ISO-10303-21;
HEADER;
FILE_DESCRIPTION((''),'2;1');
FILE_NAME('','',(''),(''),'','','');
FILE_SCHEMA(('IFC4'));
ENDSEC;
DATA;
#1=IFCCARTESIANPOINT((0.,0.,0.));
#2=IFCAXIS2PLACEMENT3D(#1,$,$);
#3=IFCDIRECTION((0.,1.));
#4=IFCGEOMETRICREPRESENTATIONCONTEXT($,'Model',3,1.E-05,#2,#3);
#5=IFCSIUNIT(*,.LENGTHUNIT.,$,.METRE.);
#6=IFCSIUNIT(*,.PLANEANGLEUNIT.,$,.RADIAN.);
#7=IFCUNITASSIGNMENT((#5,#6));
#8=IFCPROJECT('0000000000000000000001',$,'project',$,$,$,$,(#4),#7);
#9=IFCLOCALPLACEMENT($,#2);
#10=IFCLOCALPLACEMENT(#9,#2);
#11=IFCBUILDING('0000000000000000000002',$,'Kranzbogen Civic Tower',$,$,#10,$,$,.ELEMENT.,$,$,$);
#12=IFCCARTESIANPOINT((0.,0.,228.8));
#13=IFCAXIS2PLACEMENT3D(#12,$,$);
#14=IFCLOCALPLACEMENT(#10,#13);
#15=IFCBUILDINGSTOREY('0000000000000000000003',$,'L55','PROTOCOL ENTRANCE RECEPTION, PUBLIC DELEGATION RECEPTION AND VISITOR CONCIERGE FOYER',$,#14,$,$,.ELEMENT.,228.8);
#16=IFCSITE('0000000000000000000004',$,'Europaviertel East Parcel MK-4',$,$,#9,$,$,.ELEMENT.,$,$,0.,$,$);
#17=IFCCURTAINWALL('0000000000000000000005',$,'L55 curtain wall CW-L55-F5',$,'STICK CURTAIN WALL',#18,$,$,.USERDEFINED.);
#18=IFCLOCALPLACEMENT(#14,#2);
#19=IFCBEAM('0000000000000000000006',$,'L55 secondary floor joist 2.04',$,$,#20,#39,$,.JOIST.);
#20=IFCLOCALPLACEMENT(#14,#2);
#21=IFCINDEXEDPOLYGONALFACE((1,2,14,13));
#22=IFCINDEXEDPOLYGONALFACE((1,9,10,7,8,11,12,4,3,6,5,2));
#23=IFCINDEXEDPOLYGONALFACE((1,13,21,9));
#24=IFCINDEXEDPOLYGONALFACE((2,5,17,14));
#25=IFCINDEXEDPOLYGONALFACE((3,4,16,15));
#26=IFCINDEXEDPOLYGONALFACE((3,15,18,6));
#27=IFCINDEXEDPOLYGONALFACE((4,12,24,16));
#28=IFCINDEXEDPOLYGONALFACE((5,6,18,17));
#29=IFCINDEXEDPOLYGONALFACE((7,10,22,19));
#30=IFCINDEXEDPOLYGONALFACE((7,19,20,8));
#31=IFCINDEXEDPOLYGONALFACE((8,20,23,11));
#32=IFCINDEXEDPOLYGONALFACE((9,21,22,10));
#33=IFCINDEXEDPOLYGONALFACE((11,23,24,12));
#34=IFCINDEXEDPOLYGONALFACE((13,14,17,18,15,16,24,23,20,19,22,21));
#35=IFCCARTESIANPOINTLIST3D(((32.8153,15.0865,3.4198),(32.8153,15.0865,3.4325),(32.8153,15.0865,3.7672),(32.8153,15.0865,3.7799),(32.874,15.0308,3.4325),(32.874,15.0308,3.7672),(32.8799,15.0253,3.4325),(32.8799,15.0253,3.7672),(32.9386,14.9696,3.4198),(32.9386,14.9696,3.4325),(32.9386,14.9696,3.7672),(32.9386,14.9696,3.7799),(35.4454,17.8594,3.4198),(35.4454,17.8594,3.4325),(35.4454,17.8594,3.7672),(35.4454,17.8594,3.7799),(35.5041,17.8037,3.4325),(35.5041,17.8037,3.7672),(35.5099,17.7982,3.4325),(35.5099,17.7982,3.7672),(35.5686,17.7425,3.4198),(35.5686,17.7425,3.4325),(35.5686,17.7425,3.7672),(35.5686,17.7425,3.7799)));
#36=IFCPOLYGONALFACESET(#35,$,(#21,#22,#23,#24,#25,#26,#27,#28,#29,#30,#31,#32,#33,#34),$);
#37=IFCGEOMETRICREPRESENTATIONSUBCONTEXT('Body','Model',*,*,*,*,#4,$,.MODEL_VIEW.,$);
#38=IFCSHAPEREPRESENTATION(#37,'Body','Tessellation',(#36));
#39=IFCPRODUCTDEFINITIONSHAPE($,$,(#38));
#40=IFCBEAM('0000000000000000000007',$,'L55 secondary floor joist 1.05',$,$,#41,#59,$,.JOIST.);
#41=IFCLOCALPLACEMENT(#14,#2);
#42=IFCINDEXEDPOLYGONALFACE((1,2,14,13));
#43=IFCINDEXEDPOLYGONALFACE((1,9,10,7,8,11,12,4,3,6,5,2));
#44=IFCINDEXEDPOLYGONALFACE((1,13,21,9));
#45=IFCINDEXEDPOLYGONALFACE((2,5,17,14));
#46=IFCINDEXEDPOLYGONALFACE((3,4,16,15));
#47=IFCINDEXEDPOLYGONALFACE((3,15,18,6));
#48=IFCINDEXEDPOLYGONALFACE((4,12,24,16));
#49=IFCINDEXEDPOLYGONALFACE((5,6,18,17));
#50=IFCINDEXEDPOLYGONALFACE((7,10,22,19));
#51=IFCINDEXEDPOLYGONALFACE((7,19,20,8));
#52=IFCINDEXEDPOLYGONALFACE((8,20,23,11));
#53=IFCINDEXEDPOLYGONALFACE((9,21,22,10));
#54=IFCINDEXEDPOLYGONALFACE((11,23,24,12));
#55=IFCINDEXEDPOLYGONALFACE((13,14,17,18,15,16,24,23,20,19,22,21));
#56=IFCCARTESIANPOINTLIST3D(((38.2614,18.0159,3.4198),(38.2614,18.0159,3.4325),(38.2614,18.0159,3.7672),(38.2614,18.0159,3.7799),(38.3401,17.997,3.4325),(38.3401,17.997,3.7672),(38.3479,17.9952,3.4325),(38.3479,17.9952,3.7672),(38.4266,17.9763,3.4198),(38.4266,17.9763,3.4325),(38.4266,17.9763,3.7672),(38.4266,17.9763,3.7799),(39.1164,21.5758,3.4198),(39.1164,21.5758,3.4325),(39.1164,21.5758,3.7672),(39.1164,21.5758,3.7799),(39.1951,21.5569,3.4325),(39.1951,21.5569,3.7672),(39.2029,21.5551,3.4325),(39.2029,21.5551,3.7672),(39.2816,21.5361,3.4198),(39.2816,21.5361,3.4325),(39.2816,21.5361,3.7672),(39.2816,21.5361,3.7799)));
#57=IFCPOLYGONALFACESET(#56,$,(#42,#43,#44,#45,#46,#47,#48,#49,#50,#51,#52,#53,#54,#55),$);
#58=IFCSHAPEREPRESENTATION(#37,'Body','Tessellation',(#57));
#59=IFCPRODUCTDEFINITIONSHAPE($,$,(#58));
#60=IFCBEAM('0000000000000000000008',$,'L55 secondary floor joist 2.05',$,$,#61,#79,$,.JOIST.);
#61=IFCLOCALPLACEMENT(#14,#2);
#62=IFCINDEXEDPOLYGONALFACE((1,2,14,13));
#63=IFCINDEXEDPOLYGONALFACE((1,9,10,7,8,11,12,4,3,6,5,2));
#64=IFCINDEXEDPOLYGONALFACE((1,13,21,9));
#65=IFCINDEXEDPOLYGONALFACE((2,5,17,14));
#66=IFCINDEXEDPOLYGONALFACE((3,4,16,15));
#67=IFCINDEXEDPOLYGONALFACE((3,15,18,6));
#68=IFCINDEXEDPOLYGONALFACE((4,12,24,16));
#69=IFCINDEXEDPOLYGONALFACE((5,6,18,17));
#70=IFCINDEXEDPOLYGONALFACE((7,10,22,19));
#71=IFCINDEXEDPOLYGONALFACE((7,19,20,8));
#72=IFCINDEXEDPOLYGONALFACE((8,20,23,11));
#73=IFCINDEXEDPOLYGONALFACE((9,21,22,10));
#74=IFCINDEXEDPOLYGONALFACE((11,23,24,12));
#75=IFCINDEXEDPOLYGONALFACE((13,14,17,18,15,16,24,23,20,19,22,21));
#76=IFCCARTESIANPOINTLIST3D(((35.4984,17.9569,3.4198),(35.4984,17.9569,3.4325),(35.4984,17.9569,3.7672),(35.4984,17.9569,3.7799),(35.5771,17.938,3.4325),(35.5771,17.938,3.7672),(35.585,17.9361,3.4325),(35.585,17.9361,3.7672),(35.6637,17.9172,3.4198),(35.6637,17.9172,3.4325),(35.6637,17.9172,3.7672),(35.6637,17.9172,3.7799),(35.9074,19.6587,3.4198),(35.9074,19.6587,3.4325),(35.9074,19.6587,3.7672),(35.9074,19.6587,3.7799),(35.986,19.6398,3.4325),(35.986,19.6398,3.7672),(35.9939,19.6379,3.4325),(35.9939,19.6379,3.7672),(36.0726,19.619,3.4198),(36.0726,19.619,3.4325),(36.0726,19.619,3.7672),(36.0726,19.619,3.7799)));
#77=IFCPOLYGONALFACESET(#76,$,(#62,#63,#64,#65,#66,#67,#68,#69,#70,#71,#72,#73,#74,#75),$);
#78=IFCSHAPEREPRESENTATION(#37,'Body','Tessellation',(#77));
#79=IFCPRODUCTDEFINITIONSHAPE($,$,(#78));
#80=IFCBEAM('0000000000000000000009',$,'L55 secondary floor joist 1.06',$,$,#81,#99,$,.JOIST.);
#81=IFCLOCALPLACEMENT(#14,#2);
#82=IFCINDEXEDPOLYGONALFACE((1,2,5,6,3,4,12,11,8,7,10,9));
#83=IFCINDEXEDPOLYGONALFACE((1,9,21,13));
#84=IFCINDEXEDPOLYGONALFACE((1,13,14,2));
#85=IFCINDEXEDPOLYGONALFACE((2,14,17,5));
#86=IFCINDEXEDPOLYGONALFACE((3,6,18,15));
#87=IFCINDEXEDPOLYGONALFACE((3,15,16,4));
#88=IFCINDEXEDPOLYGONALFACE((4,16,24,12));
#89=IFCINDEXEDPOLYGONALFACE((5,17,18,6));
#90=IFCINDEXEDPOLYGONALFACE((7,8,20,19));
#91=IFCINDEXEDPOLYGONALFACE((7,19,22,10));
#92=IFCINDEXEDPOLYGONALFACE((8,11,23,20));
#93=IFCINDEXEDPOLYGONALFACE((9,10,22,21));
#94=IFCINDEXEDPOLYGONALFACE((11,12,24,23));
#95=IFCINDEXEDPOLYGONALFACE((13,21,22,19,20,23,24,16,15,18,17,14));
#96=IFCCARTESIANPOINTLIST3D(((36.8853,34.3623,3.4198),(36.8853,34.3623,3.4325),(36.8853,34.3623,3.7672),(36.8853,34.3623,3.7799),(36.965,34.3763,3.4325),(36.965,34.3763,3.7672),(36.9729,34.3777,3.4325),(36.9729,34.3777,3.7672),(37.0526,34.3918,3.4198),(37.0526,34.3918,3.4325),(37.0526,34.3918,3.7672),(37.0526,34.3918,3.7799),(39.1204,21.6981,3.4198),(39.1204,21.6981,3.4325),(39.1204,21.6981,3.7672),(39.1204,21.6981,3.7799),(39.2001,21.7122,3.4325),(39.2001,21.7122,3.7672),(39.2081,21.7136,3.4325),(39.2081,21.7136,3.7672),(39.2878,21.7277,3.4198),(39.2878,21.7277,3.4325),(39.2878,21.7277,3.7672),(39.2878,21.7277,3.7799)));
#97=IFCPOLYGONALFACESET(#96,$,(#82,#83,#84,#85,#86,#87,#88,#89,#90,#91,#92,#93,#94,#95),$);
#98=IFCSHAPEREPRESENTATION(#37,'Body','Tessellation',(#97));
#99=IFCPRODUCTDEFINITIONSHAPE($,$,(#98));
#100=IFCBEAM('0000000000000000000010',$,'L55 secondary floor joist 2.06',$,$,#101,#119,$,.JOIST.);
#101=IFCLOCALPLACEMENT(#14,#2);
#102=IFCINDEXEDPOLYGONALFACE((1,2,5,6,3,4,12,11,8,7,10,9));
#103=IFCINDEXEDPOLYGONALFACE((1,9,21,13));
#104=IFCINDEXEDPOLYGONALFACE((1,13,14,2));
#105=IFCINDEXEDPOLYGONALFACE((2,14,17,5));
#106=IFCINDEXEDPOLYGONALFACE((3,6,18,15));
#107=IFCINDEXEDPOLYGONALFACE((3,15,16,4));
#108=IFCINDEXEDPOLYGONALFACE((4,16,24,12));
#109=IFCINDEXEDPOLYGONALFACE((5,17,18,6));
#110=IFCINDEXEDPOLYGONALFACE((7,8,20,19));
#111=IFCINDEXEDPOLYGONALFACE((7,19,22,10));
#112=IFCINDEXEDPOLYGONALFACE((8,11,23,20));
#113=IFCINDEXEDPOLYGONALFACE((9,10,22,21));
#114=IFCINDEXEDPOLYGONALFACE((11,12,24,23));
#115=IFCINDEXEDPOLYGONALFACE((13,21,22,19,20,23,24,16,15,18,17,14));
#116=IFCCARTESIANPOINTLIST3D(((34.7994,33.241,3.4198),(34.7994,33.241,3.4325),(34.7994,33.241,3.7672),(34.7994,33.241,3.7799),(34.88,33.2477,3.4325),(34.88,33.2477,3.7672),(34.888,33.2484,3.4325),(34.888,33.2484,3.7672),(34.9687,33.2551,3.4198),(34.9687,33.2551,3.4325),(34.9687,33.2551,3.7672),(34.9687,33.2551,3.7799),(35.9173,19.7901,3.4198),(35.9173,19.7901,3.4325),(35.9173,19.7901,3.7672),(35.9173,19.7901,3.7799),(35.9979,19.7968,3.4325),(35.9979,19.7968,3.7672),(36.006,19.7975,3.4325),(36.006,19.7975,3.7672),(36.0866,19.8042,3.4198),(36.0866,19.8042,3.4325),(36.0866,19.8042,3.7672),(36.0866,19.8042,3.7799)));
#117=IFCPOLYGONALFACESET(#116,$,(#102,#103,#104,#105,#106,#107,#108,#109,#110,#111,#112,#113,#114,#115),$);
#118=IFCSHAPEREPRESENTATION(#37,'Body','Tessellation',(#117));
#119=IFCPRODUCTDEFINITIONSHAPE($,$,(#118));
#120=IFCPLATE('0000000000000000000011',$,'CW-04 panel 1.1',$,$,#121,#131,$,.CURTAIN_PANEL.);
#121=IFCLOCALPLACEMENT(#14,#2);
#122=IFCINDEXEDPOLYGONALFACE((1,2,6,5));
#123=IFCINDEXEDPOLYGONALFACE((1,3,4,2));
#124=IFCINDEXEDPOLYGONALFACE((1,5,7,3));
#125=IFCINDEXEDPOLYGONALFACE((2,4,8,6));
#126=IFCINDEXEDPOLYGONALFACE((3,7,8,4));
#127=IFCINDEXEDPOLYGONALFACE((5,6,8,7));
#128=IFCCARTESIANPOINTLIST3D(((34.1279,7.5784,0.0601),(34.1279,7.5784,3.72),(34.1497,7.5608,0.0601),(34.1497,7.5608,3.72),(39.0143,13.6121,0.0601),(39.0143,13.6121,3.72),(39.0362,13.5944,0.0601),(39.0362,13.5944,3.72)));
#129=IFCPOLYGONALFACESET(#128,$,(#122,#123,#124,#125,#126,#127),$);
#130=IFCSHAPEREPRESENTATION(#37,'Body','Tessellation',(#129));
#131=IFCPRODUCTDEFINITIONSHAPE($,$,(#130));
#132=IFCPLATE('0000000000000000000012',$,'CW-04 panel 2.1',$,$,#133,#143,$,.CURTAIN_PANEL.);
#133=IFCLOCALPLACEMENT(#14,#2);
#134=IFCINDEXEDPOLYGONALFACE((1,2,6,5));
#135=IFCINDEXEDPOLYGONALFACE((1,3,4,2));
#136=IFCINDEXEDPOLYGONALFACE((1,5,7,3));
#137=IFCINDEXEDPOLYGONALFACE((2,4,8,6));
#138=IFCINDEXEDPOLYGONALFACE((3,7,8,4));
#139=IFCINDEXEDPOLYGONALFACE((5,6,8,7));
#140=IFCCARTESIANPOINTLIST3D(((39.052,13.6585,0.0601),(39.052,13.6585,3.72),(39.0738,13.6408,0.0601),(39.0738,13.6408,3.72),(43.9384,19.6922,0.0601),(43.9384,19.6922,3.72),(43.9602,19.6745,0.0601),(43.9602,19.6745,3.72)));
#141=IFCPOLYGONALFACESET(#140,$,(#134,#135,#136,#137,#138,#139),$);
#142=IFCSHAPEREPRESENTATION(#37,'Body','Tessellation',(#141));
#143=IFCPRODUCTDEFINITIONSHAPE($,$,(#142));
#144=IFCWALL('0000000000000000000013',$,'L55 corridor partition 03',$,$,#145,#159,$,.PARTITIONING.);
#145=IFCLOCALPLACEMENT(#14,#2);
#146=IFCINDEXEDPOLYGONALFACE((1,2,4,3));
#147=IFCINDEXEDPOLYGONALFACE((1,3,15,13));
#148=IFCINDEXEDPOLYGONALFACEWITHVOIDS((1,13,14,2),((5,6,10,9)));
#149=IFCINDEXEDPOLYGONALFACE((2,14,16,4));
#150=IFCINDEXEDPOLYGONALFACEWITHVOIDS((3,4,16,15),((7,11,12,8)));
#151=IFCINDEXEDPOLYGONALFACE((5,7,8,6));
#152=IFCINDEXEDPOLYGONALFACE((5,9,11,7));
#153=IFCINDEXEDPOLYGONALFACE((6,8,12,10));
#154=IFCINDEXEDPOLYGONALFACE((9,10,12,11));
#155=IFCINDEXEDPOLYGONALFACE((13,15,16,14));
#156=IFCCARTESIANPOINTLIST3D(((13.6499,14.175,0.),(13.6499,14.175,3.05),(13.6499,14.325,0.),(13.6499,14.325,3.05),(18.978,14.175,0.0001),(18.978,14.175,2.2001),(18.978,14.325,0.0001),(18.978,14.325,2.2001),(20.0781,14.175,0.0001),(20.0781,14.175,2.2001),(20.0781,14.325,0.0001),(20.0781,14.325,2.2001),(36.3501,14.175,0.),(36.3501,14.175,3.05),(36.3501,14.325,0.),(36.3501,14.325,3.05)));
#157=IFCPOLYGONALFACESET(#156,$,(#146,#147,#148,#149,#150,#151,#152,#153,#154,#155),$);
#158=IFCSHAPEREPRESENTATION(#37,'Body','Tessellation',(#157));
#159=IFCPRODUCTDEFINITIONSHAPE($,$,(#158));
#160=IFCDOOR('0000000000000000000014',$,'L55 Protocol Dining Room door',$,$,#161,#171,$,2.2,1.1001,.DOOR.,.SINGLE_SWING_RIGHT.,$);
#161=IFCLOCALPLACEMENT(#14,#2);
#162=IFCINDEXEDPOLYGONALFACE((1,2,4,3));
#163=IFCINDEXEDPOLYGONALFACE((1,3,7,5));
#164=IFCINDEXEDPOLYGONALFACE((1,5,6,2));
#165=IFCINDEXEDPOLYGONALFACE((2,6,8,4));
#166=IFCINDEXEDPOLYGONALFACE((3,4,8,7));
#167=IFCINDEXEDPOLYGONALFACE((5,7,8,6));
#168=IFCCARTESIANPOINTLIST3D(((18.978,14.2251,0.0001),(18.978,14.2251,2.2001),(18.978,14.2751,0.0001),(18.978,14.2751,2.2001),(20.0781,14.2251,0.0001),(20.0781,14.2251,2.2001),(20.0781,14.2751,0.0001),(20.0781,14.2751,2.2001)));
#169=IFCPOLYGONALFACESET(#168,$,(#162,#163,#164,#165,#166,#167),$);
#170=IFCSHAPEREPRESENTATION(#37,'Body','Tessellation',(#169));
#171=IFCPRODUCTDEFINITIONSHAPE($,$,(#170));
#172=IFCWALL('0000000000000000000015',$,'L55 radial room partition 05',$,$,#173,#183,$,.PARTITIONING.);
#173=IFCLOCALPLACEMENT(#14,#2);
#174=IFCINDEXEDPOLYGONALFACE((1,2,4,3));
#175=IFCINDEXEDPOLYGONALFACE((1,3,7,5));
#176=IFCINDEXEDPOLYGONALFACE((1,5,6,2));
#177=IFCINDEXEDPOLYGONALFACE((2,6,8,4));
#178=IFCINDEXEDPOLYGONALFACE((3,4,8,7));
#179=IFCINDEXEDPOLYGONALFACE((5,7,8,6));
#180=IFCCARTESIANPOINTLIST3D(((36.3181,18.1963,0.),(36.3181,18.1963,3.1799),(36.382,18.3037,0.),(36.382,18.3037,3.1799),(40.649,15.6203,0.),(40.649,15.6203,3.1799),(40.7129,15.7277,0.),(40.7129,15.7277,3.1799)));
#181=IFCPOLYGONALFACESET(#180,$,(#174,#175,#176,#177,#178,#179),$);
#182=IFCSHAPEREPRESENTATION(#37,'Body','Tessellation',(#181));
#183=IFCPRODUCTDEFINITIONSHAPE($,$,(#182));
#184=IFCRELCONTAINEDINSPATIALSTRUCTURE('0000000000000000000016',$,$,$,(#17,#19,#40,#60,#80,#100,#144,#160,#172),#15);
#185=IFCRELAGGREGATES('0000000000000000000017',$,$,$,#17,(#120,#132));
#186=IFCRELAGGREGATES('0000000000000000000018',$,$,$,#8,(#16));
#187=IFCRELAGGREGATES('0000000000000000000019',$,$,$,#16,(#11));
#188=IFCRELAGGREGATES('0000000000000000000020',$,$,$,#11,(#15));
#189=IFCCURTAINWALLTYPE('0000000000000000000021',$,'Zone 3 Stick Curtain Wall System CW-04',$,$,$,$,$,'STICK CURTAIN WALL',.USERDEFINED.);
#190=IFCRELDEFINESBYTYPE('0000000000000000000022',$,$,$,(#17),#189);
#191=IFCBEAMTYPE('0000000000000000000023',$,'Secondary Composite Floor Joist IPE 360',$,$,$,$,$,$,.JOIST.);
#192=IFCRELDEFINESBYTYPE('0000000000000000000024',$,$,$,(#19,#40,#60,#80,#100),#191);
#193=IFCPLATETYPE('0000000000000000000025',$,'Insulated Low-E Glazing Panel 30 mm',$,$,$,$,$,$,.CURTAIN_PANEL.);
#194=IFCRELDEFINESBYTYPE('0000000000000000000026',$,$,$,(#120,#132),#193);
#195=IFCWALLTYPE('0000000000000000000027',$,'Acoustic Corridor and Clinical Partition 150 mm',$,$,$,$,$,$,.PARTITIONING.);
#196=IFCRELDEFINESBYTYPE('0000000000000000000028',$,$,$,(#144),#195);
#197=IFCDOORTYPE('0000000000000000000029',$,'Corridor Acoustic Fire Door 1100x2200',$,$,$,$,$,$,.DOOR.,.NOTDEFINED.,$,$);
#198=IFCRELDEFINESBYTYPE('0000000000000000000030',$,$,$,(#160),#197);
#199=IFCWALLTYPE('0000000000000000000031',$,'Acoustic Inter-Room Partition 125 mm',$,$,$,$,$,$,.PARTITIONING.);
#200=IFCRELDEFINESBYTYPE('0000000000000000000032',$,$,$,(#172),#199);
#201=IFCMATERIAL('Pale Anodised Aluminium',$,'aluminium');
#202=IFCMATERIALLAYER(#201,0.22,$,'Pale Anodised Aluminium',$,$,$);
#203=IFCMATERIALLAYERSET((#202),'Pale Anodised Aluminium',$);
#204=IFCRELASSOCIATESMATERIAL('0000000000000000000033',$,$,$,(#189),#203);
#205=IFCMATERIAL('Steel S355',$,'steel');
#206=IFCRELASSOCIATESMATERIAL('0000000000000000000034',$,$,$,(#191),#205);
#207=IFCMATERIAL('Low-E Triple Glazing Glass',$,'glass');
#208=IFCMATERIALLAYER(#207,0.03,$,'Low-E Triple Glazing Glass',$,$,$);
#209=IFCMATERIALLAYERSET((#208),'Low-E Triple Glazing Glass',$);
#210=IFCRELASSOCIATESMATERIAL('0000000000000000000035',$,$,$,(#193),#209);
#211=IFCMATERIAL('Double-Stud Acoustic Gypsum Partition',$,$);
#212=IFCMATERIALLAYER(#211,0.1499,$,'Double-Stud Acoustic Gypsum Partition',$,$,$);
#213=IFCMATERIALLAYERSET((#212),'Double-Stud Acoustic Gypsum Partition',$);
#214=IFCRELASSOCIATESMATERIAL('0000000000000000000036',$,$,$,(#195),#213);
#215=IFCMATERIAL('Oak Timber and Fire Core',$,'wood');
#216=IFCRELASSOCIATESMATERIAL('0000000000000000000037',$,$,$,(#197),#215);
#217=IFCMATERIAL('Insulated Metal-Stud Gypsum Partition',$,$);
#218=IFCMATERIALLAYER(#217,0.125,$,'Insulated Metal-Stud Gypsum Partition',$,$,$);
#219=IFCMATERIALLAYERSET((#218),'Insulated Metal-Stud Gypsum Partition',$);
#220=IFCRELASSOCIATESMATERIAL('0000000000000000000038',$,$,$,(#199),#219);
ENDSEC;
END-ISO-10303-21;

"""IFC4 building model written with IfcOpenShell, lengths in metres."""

from ifc_helpers import new_model, si_unit, direction, frame, frame_2d, origin, origin_2d, place, context, subcontext, project, spatial, rectangle, i_section, extrude, material, layer, layer_set, material_profile, profile_set, type_object, element, fill, aggregate, save


model = new_model("IFC4")

# Units and contexts
model_context = context("Model", 3, precision=1e-05, world=origin(), true_north=direction((0.0, 1.0)))
body_context = subcontext(model_context, "Body", "Model", "MODEL_VIEW")
ifc_project = project(units=[si_unit("LENGTHUNIT", "METRE"), si_unit("PLANEANGLEUNIT", "RADIAN")], contexts=[model_context])

# Site, building, storey
site_placement = place(None, origin())
site = spatial("IfcSite", under=ifc_project, at=site_placement, Name="Europaviertel East Parcel MK-4", CompositionType="ELEMENT", RefElevation=0.0)
building_placement = place(site_placement, origin())
building = spatial("IfcBuilding", under=site, at=building_placement, Name="Kranzbogen Civic Tower", CompositionType="ELEMENT")
storey_placement = place(building_placement, frame((0.0, 0.0, 228.8)))
storey = spatial("IfcBuildingStorey", under=building, at=storey_placement, Name="L55", Description="PROTOCOL ENTRANCE RECEPTION, PUBLIC DELEGATION RECEPTION AND VISITOR CONCIERGE FOYER", CompositionType="ELEMENT", Elevation=228.8)

# Shared definitions
ifc_material_1 = material(Name="Steel S355", Category="steel")

# Curtain wall
ifc_material_2 = material(Name="Pale Anodised Aluminium", Category="aluminium")
ifc_layer_1 = layer(ifc_material_2, 0.22, Name="Pale Anodised Aluminium")
ifc_layer_set_1 = layer_set([ifc_layer_1], Name="Pale Anodised Aluminium")
curtain_wall_type = type_object("IfcCurtainWallType", Name="Zone 3 Stick Curtain Wall System CW-04", ElementType="STICK CURTAIN WALL", PredefinedType="USERDEFINED", material=ifc_layer_set_1)
curtain_wall_1_placement = place(storey_placement, origin())
curtain_wall_1 = element("IfcCurtainWall", 1, at=curtain_wall_1_placement, inside=storey, type_object=curtain_wall_type, Name="L55 curtain wall CW-L55-F5", ObjectType="STICK CURTAIN WALL", PredefinedType="USERDEFINED")

# Beams
ifc_material_profile_1 = material_profile(ifc_material_1, i_section(OverallWidth=0.1699, OverallDepth=0.3601, WebThickness=0.0081, FlangeThickness=0.0127, at=origin_2d()), Name="IPE 360")
ifc_profile_set_1 = profile_set([ifc_material_profile_1], Name="Steel S355")
beam_type_1 = type_object("IfcBeamType", Name="Secondary Composite Floor Joist IPE 360", PredefinedType="JOIST", material=ifc_profile_set_1)
beam_1_placement = place(storey_placement, frame((32.877, 15.0281, 3.5999), z_axis=(0.688175, 0.725545, 0.0), x_axis=(-0.725545, 0.688175, 0.0)))
element("IfcBeam", 2, at=beam_1_placement, inside=storey, type_object=beam_type_1, Name="L55 secondary floor joist 2.04", PredefinedType="JOIST", context=body_context, shape_type="SweptSolid", body=[
    extrude(i_section(OverallWidth=0.1699, OverallDepth=0.3601, WebThickness=0.0081, FlangeThickness=0.0127, at=origin_2d()), origin(), (0.0, 0.0, 1.0), 3.8218),
])
beam_2_placement = place(storey_placement, frame((38.344, 17.9961, 3.5999), z_axis=(0.233534, 0.972349, 0.0), x_axis=(-0.972349, 0.233534, 0.0)))
element("IfcBeam", 3, at=beam_2_placement, inside=storey, type_object=beam_type_1, Name="L55 secondary floor joist 1.05", PredefinedType="JOIST", context=body_context, shape_type="SweptSolid", body=[
    extrude(i_section(OverallWidth=0.1699, OverallDepth=0.3601, WebThickness=0.0081, FlangeThickness=0.0127, at=origin_2d()), origin(), (0.0, 0.0, 1.0), 3.6611),
])
beam_3_placement = place(storey_placement, frame((35.5811, 17.937, 3.5999), z_axis=(0.233631, 0.972325, 0.0), x_axis=(-0.972325, 0.233631, 0.0)))
element("IfcBeam", 4, at=beam_3_placement, inside=storey, type_object=beam_type_1, Name="L55 secondary floor joist 2.05", PredefinedType="JOIST", context=body_context, shape_type="SweptSolid", body=[
    extrude(i_section(OverallWidth=0.1699, OverallDepth=0.3601, WebThickness=0.0081, FlangeThickness=0.0127, at=origin_2d()), origin(), (0.0, 0.0, 1.0), 1.7502),
])
beam_4_placement = place(storey_placement, frame((39.2041, 21.7129, 3.5999), z_axis=(-0.173806, 0.98478, 0.0), x_axis=(-0.98478, -0.173806, 0.0)))
element("IfcBeam", 5, at=beam_4_placement, inside=storey, type_object=beam_type_1, Name="L55 secondary floor joist 1.06", PredefinedType="JOIST", context=body_context, shape_type="SweptSolid", body=[
    extrude(i_section(OverallWidth=0.1699, OverallDepth=0.3601, WebThickness=0.0081, FlangeThickness=0.0127, at=origin_2d()), origin(), (0.0, 0.0, 1.0), 12.8599),
])
beam_5_placement = place(storey_placement, frame((36.002, 19.7971, 3.5999), z_axis=(-0.082825, 0.996564, 0.0), x_axis=(-0.996564, -0.082825, 0.0)))
element("IfcBeam", 6, at=beam_5_placement, inside=storey, type_object=beam_type_1, Name="L55 secondary floor joist 2.06", PredefinedType="JOIST", context=body_context, shape_type="SweptSolid", body=[
    extrude(i_section(OverallWidth=0.1699, OverallDepth=0.3601, WebThickness=0.0081, FlangeThickness=0.0127, at=origin_2d()), origin(), (0.0, 0.0, 1.0), 13.4973),
])

# Plates
ifc_material_3 = material(Name="Low-E Triple Glazing Glass", Category="glass")
ifc_layer_2 = layer(ifc_material_3, 0.03, Name="Low-E Triple Glazing Glass")
ifc_layer_set_2 = layer_set([ifc_layer_2], Name="Low-E Triple Glazing Glass")
plate_type = type_object("IfcPlateType", Name="Insulated Low-E Glazing Panel 30 mm", PredefinedType="CURTAIN_PANEL", material=ifc_layer_set_2)
plate_1_placement = place(storey_placement, frame((36.582, 10.5864, 0.0601), z_axis=(0.0, 0.0, 1.0), x_axis=(0.629358, 0.777116, 0.0)))
plate_1 = element("IfcPlate", 7, at=plate_1_placement, type_object=plate_type, Name="CW-04 panel 1.1", PredefinedType="CURTAIN_PANEL", context=body_context, shape_type="SweptSolid", body=[
    extrude(rectangle(XDim=7.7642, YDim=0.0281, at=origin_2d()), origin(), (0.0, 0.0, 1.0), 3.6599),
])
plate_2_placement = place(storey_placement, frame((41.5061, 16.6665, 0.0601), z_axis=(0.0, 0.0, 1.0), x_axis=(0.629358, 0.777116, 0.0)))
plate_2 = element("IfcPlate", 8, at=plate_2_placement, type_object=plate_type, Name="CW-04 panel 2.1", PredefinedType="CURTAIN_PANEL", context=body_context, shape_type="SweptSolid", body=[
    extrude(rectangle(XDim=7.7642, YDim=0.0281, at=origin_2d()), origin(), (0.0, 0.0, 1.0), 3.6599),
])
aggregate(curtain_wall_1, [plate_1, plate_2])

# Wall, opening, door
ifc_material_4 = material(Name="Double-Stud Acoustic Gypsum Partition")
ifc_layer_3 = layer(ifc_material_4, 0.1499, Name="Double-Stud Acoustic Gypsum Partition")
ifc_layer_set_3 = layer_set([ifc_layer_3], Name="Double-Stud Acoustic Gypsum Partition")
wall_type_1 = type_object("IfcWallType", Name="Acoustic Corridor and Clinical Partition 150 mm", PredefinedType="PARTITIONING", material=ifc_layer_set_3)
wall_1_placement = place(storey_placement, frame((36.3501, 14.25, 0.0), z_axis=(0.0, 0.0, 1.0), x_axis=(-1.0, 0.0, 0.0)))
wall_1 = element("IfcWall", 9, at=wall_1_placement, inside=storey, type_object=wall_type_1, Name="L55 corridor partition 03", PredefinedType="PARTITIONING", context=body_context, shape_type="SweptSolid", body=[
    extrude(rectangle(XDim=22.7002, YDim=0.1499, at=frame_2d((11.3501, 0.0))), origin(), (0.0, 0.0, 1.0), 3.05),
])
opening_placement = place(wall_1_placement, frame((16.272, 0.0, 0.0)))
opening = element("IfcOpeningElement", 10, at=opening_placement, cuts=wall_1, PredefinedType="OPENING", context=body_context, shape_type="SweptSolid", body=[
    extrude(rectangle(XDim=1.1001, YDim=2.2, at=frame_2d((0.55, 1.1001))), frame((0.0, 0.085, 0.0), z_axis=(0.0, -1.0, 0.0), x_axis=(1.0, 0.0, 0.0)), (0.0, 0.0, 1.0), 0.1699),
])
ifc_material_5 = material(Name="Oak Timber and Fire Core", Category="wood")
door_type = type_object("IfcDoorType", Name="Corridor Acoustic Fire Door 1100x2200", OperationType="NOTDEFINED", PredefinedType="DOOR", material=ifc_material_5)
door_placement = place(opening_placement, origin())
door = element("IfcDoor", 11, at=door_placement, inside=storey, type_object=door_type, Name="L55 Protocol Dining Room door", OperationType="SINGLE_SWING_RIGHT", OverallHeight=2.2, OverallWidth=1.1001, PredefinedType="DOOR", context=body_context, shape_type="SweptSolid", body=[
    extrude(rectangle(XDim=1.1001, YDim=2.2, at=frame_2d((0.55, 1.1001))), frame((0.0, 0.0249, 0.0), z_axis=(0.0, -1.0, 0.0), x_axis=(1.0, 0.0, 0.0)), (0.0, 0.0, 1.0), 0.05),
])
fill(opening, door)

# Wall
ifc_material_6 = material(Name="Insulated Metal-Stud Gypsum Partition")
ifc_layer_4 = layer(ifc_material_6, 0.125, Name="Insulated Metal-Stud Gypsum Partition")
ifc_layer_set_4 = layer_set([ifc_layer_4], Name="Insulated Metal-Stud Gypsum Partition")
wall_type_2 = type_object("IfcWallType", Name="Acoustic Inter-Room Partition 125 mm", PredefinedType="PARTITIONING", material=ifc_layer_set_4)
wall_2_placement = place(storey_placement, frame((36.3501, 18.25, 0.0), z_axis=(0.0, 0.0, 1.0), x_axis=(0.859462, -0.5112, 0.0)))
element("IfcWall", 12, at=wall_2_placement, inside=storey, type_object=wall_type_2, Name="L55 radial room partition 05", PredefinedType="PARTITIONING", context=body_context, shape_type="SweptSolid", body=[
    extrude(rectangle(XDim=5.0391, YDim=0.125, at=frame_2d((2.5195, 0.0))), origin(), (0.0, 0.0, 1.0), 3.1799),
])

save(model, "model.ifc")
